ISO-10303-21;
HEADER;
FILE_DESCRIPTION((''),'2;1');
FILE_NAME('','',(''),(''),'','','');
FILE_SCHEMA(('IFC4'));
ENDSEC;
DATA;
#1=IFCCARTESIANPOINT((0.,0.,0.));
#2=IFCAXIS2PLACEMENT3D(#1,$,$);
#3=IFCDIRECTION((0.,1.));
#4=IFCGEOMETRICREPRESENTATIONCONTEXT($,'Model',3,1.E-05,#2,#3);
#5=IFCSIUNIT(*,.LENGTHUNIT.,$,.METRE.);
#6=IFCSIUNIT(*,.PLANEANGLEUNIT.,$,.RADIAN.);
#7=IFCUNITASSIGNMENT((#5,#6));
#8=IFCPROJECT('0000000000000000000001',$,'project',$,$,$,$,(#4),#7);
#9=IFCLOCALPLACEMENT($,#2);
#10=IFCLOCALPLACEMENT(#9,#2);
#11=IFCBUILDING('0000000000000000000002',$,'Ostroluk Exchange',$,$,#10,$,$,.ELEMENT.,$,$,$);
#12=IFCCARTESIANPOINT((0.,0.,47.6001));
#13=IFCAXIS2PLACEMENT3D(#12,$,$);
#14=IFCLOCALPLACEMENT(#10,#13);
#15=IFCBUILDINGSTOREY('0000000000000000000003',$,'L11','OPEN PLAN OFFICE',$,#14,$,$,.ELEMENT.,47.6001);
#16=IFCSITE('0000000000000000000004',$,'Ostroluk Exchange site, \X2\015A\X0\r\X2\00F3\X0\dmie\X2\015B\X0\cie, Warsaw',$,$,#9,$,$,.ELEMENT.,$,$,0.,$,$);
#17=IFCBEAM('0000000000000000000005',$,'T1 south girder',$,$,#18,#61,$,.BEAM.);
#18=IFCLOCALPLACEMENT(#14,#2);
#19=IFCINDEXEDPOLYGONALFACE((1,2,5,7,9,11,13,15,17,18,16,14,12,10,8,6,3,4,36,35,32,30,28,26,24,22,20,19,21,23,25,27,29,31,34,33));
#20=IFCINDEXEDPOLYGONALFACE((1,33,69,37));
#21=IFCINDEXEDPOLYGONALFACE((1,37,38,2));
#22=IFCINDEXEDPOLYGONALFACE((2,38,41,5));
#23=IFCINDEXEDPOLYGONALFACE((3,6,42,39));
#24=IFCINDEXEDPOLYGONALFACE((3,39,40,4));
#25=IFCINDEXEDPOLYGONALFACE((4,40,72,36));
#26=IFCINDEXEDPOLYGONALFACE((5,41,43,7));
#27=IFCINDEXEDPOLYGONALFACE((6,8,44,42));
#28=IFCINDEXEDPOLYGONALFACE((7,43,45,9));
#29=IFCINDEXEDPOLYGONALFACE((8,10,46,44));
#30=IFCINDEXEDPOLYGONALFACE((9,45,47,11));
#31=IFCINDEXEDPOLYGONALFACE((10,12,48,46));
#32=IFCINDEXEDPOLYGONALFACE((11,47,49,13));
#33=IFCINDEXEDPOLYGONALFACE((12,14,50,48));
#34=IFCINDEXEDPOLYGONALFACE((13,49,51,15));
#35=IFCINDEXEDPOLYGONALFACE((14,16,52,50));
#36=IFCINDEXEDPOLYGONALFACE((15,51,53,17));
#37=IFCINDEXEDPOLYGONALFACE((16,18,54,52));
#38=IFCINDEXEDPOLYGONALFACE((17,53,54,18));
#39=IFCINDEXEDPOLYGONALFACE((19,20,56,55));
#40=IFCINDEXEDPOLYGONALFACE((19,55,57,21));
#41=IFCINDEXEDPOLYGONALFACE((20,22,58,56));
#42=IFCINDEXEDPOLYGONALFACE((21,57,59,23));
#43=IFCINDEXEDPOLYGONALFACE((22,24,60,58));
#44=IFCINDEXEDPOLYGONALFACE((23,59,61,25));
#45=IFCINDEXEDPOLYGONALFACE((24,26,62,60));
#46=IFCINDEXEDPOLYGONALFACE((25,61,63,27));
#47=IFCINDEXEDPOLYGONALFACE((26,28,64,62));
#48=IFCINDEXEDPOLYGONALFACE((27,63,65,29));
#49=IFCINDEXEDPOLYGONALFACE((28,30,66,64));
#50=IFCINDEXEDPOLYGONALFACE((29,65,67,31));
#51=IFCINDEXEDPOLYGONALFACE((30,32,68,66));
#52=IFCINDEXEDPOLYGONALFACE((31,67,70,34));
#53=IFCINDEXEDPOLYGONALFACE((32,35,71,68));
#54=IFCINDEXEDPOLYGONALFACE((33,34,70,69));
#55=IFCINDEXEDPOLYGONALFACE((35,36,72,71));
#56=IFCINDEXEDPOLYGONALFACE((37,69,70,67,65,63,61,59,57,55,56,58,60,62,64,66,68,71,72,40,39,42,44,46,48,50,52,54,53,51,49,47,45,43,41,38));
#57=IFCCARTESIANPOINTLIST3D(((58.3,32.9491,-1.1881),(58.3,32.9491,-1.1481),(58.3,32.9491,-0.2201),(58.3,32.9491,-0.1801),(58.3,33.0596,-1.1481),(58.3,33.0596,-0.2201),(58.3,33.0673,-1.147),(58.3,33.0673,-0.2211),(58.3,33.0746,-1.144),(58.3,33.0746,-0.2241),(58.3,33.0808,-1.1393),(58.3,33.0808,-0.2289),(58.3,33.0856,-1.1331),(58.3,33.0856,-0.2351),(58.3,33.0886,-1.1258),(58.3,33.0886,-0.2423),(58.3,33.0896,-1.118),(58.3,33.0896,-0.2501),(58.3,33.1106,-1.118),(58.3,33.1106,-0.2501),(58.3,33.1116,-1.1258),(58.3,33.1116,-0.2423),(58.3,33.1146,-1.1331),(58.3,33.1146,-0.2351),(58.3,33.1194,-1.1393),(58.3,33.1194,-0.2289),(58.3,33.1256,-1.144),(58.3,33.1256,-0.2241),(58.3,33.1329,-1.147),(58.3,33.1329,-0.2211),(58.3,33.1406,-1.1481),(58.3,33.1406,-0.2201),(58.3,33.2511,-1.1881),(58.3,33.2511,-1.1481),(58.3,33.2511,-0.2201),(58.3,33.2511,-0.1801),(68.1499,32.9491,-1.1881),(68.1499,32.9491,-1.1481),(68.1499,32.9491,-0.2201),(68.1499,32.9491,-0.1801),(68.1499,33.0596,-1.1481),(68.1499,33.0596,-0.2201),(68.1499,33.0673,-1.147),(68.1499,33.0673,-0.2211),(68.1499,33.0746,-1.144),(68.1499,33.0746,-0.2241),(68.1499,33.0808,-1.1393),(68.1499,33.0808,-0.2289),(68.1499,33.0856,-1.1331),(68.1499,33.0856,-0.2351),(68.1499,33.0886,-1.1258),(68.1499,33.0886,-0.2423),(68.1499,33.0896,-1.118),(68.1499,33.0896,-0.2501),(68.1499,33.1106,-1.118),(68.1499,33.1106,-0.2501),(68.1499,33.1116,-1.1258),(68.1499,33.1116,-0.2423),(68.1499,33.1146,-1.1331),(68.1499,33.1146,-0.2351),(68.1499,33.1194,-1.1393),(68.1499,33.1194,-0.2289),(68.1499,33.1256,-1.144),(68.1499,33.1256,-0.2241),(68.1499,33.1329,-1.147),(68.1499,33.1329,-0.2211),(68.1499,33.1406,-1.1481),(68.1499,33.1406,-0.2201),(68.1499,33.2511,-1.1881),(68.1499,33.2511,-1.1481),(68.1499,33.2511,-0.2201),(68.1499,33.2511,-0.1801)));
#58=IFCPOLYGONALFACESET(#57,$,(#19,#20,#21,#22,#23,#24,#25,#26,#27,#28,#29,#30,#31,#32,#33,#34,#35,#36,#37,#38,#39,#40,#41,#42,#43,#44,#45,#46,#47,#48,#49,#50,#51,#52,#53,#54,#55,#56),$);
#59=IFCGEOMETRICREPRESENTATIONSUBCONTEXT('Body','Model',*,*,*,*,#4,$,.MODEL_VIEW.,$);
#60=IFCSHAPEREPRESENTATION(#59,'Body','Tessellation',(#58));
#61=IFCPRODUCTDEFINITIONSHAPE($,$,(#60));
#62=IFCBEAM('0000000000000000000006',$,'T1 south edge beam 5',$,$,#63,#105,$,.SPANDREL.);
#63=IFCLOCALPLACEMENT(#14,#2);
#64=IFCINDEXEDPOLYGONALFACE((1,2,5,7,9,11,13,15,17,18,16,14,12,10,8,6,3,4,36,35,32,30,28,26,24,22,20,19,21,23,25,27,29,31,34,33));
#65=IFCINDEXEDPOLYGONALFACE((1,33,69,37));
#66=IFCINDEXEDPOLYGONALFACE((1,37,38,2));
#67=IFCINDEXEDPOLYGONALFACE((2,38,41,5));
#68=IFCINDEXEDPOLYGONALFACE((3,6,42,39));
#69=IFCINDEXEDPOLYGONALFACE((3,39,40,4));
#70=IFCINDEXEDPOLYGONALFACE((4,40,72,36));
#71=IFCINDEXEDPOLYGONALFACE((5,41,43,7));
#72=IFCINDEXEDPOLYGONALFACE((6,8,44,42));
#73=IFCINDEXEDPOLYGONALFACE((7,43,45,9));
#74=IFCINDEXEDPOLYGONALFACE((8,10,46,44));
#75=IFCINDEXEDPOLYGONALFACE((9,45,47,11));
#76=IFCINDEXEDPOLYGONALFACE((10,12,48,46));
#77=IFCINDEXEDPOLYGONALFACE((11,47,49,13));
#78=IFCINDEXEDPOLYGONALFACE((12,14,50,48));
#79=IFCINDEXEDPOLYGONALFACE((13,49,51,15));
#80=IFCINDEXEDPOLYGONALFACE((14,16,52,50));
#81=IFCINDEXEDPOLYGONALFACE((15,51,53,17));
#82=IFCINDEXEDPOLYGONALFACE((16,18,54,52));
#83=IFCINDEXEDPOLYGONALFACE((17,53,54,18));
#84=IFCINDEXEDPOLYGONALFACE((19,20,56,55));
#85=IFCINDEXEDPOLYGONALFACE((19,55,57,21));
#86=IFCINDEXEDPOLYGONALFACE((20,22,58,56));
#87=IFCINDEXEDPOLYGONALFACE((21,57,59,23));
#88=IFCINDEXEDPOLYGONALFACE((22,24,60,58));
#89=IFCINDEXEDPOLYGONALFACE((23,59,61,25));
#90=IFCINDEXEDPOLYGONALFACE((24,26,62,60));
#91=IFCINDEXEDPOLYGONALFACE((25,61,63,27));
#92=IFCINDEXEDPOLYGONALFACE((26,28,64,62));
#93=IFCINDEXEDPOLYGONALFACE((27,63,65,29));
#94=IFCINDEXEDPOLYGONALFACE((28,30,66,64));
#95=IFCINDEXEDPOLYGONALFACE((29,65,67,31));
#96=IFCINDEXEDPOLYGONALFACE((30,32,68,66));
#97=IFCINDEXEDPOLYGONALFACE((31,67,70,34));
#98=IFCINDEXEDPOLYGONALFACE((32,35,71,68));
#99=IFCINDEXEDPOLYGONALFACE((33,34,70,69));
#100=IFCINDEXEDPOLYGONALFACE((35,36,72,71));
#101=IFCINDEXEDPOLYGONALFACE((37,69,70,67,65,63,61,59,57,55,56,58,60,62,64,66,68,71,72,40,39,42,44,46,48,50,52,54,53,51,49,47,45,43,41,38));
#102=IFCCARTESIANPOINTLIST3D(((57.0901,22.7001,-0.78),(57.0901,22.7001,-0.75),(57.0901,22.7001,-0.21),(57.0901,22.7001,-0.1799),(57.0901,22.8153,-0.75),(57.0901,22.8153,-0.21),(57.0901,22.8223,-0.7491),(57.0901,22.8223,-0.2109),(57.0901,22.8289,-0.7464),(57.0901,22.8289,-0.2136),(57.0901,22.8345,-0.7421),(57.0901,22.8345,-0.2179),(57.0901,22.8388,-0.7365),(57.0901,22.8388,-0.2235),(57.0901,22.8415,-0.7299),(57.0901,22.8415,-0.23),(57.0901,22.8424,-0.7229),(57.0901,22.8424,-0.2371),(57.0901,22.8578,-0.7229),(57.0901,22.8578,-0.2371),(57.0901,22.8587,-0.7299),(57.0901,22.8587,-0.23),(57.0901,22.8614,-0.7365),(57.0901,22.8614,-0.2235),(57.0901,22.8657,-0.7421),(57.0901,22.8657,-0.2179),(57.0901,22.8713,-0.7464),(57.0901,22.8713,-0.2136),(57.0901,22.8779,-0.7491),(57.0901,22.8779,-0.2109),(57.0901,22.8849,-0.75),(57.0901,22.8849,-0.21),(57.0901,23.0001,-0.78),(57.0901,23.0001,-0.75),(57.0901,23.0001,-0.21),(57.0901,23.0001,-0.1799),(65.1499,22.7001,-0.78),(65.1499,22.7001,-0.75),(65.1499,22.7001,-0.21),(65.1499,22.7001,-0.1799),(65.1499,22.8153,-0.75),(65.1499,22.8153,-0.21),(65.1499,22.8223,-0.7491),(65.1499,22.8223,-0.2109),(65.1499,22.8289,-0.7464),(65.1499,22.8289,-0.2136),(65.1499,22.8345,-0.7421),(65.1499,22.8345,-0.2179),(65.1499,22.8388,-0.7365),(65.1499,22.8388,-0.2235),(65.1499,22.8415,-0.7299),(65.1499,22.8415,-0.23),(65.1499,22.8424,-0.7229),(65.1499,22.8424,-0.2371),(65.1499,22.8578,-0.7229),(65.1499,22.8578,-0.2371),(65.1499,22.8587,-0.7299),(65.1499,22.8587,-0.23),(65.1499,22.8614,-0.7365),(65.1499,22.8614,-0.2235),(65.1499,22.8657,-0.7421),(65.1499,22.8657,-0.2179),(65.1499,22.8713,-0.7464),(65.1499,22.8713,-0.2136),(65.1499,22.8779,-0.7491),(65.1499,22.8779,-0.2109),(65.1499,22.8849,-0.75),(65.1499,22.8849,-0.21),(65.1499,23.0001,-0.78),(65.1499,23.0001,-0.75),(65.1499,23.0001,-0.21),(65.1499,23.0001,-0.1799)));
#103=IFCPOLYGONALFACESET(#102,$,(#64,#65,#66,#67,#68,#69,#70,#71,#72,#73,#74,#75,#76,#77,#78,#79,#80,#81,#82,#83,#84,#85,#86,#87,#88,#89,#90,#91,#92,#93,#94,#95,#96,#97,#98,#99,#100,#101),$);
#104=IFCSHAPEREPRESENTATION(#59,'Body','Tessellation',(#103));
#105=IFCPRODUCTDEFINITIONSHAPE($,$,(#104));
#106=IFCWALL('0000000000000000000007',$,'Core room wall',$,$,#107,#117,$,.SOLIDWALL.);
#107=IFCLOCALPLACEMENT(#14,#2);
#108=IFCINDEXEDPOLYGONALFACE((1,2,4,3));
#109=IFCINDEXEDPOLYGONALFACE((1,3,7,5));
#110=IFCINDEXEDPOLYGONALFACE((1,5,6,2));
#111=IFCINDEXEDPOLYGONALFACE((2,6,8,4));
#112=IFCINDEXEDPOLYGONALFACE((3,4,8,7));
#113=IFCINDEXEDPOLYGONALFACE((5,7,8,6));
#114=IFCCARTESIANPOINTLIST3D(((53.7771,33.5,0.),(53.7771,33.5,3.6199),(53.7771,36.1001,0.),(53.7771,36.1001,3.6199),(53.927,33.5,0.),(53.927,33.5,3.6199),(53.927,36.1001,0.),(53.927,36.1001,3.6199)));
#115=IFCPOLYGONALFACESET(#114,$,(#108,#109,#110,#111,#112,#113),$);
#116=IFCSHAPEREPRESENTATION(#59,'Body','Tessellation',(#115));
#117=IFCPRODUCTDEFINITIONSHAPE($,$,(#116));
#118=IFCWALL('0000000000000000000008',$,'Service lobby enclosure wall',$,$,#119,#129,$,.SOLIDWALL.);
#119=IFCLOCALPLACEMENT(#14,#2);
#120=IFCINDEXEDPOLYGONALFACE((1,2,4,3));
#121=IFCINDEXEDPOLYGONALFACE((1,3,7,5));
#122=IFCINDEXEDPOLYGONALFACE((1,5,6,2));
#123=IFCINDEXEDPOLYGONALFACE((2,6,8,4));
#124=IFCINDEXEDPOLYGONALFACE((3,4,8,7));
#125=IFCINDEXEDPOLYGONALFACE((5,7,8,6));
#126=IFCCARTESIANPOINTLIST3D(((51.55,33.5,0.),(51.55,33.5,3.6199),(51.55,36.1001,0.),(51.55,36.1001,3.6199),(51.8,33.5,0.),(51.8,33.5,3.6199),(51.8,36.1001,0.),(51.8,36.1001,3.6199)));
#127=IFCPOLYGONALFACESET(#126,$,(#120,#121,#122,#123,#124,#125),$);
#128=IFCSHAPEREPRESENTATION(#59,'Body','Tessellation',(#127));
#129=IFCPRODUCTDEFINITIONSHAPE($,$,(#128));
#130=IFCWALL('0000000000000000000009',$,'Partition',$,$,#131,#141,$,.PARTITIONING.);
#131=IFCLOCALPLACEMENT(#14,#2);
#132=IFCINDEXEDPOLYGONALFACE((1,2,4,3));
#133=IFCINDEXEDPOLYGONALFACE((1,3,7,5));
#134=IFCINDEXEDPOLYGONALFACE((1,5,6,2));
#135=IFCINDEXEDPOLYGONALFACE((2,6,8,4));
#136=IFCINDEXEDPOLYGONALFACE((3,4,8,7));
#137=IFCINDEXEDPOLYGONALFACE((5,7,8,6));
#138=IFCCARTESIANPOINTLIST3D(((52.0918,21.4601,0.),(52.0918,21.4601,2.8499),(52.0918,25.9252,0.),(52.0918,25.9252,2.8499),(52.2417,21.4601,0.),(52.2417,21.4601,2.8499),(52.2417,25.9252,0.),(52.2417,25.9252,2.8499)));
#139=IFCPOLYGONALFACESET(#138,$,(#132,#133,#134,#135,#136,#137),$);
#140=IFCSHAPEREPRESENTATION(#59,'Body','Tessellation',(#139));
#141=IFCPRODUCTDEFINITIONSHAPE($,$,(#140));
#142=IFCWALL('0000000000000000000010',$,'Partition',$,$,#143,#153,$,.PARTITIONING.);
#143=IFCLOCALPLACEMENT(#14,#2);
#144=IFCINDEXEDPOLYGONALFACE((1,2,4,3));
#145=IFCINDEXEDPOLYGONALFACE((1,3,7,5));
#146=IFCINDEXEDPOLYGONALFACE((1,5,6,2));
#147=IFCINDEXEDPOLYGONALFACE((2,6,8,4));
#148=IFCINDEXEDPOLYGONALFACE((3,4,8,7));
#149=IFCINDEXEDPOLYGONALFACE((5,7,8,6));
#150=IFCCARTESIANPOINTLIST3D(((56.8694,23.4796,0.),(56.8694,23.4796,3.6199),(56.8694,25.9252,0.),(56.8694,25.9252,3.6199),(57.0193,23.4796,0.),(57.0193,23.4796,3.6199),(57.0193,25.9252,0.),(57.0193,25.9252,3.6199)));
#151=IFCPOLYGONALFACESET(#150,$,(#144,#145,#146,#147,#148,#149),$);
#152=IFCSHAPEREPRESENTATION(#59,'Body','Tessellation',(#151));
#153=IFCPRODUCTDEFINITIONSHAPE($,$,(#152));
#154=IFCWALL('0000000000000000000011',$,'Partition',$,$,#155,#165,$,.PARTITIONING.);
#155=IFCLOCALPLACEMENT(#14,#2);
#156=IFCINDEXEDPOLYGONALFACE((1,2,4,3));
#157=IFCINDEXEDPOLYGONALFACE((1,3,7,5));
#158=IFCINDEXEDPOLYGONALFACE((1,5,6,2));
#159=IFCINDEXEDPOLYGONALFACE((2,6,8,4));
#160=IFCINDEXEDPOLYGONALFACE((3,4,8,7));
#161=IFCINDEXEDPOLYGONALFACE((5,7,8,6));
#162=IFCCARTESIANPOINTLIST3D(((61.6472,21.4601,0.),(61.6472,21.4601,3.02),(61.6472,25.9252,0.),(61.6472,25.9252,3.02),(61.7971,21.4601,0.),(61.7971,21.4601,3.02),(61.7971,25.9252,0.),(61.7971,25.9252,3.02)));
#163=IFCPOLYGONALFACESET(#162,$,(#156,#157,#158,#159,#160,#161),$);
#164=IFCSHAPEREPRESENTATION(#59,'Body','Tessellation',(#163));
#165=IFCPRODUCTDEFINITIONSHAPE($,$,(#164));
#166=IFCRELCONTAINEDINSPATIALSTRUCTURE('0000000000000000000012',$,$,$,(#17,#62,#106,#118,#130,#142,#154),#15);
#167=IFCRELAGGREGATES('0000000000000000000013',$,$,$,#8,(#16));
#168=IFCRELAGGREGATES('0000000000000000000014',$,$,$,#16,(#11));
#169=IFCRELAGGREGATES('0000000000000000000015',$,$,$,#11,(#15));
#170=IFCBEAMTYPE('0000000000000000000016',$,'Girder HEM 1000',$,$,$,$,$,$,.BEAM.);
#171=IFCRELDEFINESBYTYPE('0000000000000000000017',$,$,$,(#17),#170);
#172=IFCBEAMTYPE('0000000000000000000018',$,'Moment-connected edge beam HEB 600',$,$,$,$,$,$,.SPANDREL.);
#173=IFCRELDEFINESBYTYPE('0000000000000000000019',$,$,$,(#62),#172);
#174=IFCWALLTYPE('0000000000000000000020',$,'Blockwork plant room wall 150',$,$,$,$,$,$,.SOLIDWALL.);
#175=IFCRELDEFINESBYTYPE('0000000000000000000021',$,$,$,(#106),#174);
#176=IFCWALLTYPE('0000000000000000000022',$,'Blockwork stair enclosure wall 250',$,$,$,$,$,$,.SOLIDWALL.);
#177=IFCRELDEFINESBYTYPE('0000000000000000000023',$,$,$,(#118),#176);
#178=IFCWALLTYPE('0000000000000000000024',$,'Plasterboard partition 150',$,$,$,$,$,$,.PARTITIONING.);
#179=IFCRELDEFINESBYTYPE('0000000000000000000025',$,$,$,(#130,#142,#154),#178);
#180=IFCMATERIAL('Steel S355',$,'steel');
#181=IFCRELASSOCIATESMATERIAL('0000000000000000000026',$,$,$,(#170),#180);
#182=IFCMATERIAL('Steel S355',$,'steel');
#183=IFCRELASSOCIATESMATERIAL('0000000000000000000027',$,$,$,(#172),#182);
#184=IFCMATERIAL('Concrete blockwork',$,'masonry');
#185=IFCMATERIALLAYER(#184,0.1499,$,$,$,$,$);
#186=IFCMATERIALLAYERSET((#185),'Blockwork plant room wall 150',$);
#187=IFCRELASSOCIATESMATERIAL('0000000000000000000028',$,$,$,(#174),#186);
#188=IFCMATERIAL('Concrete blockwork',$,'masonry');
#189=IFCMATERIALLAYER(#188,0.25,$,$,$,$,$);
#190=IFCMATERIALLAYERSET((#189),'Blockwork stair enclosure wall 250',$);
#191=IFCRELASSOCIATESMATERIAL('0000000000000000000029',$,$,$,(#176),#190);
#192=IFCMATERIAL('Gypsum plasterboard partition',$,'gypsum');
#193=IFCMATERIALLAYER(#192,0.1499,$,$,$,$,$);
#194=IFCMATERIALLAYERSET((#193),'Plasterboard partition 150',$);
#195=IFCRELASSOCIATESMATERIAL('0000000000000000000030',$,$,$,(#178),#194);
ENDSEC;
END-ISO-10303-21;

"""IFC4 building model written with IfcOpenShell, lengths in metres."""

from ifc_helpers import new_model, si_unit, direction, frame, frame_2d, origin, origin_2d, place, context, subcontext, project, spatial, rectangle, i_section, extrude, material, layer, layer_set, material_profile, profile_set, type_object, element, save


model = new_model("IFC4")

# Units and contexts
model_context = context("Model", 3, precision=1e-05, world=origin(), true_north=direction((0.0, 1.0)))
body_context = subcontext(model_context, "Body", "Model", "MODEL_VIEW")
ifc_project = project(units=[si_unit("LENGTHUNIT", "METRE"), si_unit("PLANEANGLEUNIT", "RADIAN")], contexts=[model_context])

# Site, building, storey
site_placement = place(None, origin())
site = spatial("IfcSite", under=ifc_project, at=site_placement, Name="Ostroluk Exchange site, Śródmieście, Warsaw", CompositionType="ELEMENT", RefElevation=0.0)
building_placement = place(site_placement, origin())
building = spatial("IfcBuilding", under=site, at=building_placement, Name="Ostroluk Exchange", CompositionType="ELEMENT")
storey_placement = place(building_placement, frame((0.0, 0.0, 47.6001)))
storey = spatial("IfcBuildingStorey", under=building, at=storey_placement, Name="L11", Description="OPEN PLAN OFFICE", CompositionType="ELEMENT", Elevation=47.6001)

# Beams
ifc_material_1 = material(Name="Steel S355", Category="steel")
ifc_material_profile_1 = material_profile(ifc_material_1, i_section(OverallWidth=0.302, OverallDepth=1.0081, WebThickness=0.021, FlangeThickness=0.04, FilletRadius=0.03, at=origin_2d()), Name="HEM 1000")
ifc_profile_set_1 = profile_set([ifc_material_profile_1], Name="Steel S355")
beam_type_1 = type_object("IfcBeamType", Name="Girder HEM 1000", PredefinedType="BEAM", material=ifc_profile_set_1)
beam_1_placement = place(storey_placement, frame((58.3, 33.1001, -0.6841), z_axis=(1.0, 0.0, 0.0), x_axis=(0.0, 1.0, 0.0)))
element("IfcBeam", 1, at=beam_1_placement, inside=storey, type_object=beam_type_1, Name="T1 south girder", PredefinedType="BEAM", context=body_context, shape_type="SweptSolid", body=[
    extrude(i_section(OverallWidth=0.302, OverallDepth=1.0081, WebThickness=0.021, FlangeThickness=0.04, FilletRadius=0.03, at=origin_2d()), origin(), (0.0, 0.0, 1.0), 9.8499),
])
ifc_material_2 = material(Name="Steel S355", Category="steel")
ifc_material_profile_2 = material_profile(ifc_material_2, i_section(OverallWidth=0.3, OverallDepth=0.6001, WebThickness=0.0154, FlangeThickness=0.03, FilletRadius=0.0271, at=origin_2d()), Name="HEB 600")
ifc_profile_set_2 = profile_set([ifc_material_profile_2], Name="Steel S355")
beam_type_2 = type_object("IfcBeamType", Name="Moment-connected edge beam HEB 600", PredefinedType="SPANDREL", material=ifc_profile_set_2)
beam_2_placement = place(storey_placement, frame((57.0901, 22.8501, -0.48), z_axis=(1.0, 0.0, 0.0), x_axis=(0.0, 1.0, 0.0)))
element("IfcBeam", 2, at=beam_2_placement, inside=storey, type_object=beam_type_2, Name="T1 south edge beam 5", PredefinedType="SPANDREL", context=body_context, shape_type="SweptSolid", body=[
    extrude(i_section(OverallWidth=0.3, OverallDepth=0.6001, WebThickness=0.0154, FlangeThickness=0.03, FilletRadius=0.0271, at=origin_2d()), origin(), (0.0, 0.0, 1.0), 8.0598),
])

# Walls
ifc_material_3 = material(Name="Concrete blockwork", Category="masonry")
ifc_layer_1 = layer(ifc_material_3, 0.1499)
ifc_layer_set_1 = layer_set([ifc_layer_1], Name="Blockwork plant room wall 150")
wall_type_1 = type_object("IfcWallType", Name="Blockwork plant room wall 150", PredefinedType="SOLIDWALL", material=ifc_layer_set_1)
wall_1_placement = place(storey_placement, frame((53.8521, 33.5, 0.0), z_axis=(0.0, 0.0, 1.0), x_axis=(0.0, 1.0, 0.0)))
element("IfcWall", 3, at=wall_1_placement, inside=storey, type_object=wall_type_1, Name="Core room wall", PredefinedType="SOLIDWALL", context=body_context, shape_type="SweptSolid", body=[
    extrude(rectangle(XDim=2.6001, YDim=0.1499, at=frame_2d((1.3, 0.0))), origin(), (0.0, 0.0, 1.0), 3.6199),
])
ifc_material_4 = material(Name="Concrete blockwork", Category="masonry")
ifc_layer_2 = layer(ifc_material_4, 0.25)
ifc_layer_set_2 = layer_set([ifc_layer_2], Name="Blockwork stair enclosure wall 250")
wall_type_2 = type_object("IfcWallType", Name="Blockwork stair enclosure wall 250", PredefinedType="SOLIDWALL", material=ifc_layer_set_2)
wall_2_placement = place(storey_placement, frame((51.675, 33.5, 0.0), z_axis=(0.0, 0.0, 1.0), x_axis=(0.0, 1.0, 0.0)))
element("IfcWall", 4, at=wall_2_placement, inside=storey, type_object=wall_type_2, Name="Service lobby enclosure wall", PredefinedType="SOLIDWALL", context=body_context, shape_type="SweptSolid", body=[
    extrude(rectangle(XDim=2.6001, YDim=0.25, at=frame_2d((1.3, 0.0))), origin(), (0.0, 0.0, 1.0), 3.6199),
])

# Walls
ifc_material_5 = material(Name="Gypsum plasterboard partition", Category="gypsum")
ifc_layer_3 = layer(ifc_material_5, 0.1499)
ifc_layer_set_3 = layer_set([ifc_layer_3], Name="Plasterboard partition 150")
wall_type_3 = type_object("IfcWallType", Name="Plasterboard partition 150", PredefinedType="PARTITIONING", material=ifc_layer_set_3)
wall_3_placement = place(storey_placement, frame((52.1667, 25.925, 0.0), z_axis=(0.0, 0.0, 1.0), x_axis=(0.0, -1.0, 0.0)))
element("IfcWall", 5, at=wall_3_placement, inside=storey, type_object=wall_type_3, Name="Partition", PredefinedType="PARTITIONING", context=body_context, shape_type="SweptSolid", body=[
    extrude(rectangle(XDim=4.4651, YDim=0.1499, at=frame_2d((2.2324, 0.0))), origin(), (0.0, 0.0, 1.0), 2.8499),
])
wall_4_placement = place(storey_placement, frame((56.9443, 25.925, 0.0), z_axis=(0.0, 0.0, 1.0), x_axis=(0.0, -1.0, 0.0)))
element("IfcWall", 6, at=wall_4_placement, inside=storey, type_object=wall_type_3, Name="Partition", PredefinedType="PARTITIONING", context=body_context, shape_type="SweptSolid", body=[
    extrude(rectangle(XDim=2.4456, YDim=0.1499, at=frame_2d((1.2227, 0.0))), origin(), (0.0, 0.0, 1.0), 3.6199),
])
wall_5_placement = place(storey_placement, frame((61.7222, 25.925, 0.0), z_axis=(0.0, 0.0, 1.0), x_axis=(0.0, -1.0, 0.0)))
element("IfcWall", 7, at=wall_5_placement, inside=storey, type_object=wall_type_3, Name="Partition", PredefinedType="PARTITIONING", context=body_context, shape_type="SweptSolid", body=[
    extrude(rectangle(XDim=4.4651, YDim=0.1499, at=frame_2d((2.2324, 0.0))), origin(), (0.0, 0.0, 1.0), 3.02),
])

save(model, "model.ifc")
